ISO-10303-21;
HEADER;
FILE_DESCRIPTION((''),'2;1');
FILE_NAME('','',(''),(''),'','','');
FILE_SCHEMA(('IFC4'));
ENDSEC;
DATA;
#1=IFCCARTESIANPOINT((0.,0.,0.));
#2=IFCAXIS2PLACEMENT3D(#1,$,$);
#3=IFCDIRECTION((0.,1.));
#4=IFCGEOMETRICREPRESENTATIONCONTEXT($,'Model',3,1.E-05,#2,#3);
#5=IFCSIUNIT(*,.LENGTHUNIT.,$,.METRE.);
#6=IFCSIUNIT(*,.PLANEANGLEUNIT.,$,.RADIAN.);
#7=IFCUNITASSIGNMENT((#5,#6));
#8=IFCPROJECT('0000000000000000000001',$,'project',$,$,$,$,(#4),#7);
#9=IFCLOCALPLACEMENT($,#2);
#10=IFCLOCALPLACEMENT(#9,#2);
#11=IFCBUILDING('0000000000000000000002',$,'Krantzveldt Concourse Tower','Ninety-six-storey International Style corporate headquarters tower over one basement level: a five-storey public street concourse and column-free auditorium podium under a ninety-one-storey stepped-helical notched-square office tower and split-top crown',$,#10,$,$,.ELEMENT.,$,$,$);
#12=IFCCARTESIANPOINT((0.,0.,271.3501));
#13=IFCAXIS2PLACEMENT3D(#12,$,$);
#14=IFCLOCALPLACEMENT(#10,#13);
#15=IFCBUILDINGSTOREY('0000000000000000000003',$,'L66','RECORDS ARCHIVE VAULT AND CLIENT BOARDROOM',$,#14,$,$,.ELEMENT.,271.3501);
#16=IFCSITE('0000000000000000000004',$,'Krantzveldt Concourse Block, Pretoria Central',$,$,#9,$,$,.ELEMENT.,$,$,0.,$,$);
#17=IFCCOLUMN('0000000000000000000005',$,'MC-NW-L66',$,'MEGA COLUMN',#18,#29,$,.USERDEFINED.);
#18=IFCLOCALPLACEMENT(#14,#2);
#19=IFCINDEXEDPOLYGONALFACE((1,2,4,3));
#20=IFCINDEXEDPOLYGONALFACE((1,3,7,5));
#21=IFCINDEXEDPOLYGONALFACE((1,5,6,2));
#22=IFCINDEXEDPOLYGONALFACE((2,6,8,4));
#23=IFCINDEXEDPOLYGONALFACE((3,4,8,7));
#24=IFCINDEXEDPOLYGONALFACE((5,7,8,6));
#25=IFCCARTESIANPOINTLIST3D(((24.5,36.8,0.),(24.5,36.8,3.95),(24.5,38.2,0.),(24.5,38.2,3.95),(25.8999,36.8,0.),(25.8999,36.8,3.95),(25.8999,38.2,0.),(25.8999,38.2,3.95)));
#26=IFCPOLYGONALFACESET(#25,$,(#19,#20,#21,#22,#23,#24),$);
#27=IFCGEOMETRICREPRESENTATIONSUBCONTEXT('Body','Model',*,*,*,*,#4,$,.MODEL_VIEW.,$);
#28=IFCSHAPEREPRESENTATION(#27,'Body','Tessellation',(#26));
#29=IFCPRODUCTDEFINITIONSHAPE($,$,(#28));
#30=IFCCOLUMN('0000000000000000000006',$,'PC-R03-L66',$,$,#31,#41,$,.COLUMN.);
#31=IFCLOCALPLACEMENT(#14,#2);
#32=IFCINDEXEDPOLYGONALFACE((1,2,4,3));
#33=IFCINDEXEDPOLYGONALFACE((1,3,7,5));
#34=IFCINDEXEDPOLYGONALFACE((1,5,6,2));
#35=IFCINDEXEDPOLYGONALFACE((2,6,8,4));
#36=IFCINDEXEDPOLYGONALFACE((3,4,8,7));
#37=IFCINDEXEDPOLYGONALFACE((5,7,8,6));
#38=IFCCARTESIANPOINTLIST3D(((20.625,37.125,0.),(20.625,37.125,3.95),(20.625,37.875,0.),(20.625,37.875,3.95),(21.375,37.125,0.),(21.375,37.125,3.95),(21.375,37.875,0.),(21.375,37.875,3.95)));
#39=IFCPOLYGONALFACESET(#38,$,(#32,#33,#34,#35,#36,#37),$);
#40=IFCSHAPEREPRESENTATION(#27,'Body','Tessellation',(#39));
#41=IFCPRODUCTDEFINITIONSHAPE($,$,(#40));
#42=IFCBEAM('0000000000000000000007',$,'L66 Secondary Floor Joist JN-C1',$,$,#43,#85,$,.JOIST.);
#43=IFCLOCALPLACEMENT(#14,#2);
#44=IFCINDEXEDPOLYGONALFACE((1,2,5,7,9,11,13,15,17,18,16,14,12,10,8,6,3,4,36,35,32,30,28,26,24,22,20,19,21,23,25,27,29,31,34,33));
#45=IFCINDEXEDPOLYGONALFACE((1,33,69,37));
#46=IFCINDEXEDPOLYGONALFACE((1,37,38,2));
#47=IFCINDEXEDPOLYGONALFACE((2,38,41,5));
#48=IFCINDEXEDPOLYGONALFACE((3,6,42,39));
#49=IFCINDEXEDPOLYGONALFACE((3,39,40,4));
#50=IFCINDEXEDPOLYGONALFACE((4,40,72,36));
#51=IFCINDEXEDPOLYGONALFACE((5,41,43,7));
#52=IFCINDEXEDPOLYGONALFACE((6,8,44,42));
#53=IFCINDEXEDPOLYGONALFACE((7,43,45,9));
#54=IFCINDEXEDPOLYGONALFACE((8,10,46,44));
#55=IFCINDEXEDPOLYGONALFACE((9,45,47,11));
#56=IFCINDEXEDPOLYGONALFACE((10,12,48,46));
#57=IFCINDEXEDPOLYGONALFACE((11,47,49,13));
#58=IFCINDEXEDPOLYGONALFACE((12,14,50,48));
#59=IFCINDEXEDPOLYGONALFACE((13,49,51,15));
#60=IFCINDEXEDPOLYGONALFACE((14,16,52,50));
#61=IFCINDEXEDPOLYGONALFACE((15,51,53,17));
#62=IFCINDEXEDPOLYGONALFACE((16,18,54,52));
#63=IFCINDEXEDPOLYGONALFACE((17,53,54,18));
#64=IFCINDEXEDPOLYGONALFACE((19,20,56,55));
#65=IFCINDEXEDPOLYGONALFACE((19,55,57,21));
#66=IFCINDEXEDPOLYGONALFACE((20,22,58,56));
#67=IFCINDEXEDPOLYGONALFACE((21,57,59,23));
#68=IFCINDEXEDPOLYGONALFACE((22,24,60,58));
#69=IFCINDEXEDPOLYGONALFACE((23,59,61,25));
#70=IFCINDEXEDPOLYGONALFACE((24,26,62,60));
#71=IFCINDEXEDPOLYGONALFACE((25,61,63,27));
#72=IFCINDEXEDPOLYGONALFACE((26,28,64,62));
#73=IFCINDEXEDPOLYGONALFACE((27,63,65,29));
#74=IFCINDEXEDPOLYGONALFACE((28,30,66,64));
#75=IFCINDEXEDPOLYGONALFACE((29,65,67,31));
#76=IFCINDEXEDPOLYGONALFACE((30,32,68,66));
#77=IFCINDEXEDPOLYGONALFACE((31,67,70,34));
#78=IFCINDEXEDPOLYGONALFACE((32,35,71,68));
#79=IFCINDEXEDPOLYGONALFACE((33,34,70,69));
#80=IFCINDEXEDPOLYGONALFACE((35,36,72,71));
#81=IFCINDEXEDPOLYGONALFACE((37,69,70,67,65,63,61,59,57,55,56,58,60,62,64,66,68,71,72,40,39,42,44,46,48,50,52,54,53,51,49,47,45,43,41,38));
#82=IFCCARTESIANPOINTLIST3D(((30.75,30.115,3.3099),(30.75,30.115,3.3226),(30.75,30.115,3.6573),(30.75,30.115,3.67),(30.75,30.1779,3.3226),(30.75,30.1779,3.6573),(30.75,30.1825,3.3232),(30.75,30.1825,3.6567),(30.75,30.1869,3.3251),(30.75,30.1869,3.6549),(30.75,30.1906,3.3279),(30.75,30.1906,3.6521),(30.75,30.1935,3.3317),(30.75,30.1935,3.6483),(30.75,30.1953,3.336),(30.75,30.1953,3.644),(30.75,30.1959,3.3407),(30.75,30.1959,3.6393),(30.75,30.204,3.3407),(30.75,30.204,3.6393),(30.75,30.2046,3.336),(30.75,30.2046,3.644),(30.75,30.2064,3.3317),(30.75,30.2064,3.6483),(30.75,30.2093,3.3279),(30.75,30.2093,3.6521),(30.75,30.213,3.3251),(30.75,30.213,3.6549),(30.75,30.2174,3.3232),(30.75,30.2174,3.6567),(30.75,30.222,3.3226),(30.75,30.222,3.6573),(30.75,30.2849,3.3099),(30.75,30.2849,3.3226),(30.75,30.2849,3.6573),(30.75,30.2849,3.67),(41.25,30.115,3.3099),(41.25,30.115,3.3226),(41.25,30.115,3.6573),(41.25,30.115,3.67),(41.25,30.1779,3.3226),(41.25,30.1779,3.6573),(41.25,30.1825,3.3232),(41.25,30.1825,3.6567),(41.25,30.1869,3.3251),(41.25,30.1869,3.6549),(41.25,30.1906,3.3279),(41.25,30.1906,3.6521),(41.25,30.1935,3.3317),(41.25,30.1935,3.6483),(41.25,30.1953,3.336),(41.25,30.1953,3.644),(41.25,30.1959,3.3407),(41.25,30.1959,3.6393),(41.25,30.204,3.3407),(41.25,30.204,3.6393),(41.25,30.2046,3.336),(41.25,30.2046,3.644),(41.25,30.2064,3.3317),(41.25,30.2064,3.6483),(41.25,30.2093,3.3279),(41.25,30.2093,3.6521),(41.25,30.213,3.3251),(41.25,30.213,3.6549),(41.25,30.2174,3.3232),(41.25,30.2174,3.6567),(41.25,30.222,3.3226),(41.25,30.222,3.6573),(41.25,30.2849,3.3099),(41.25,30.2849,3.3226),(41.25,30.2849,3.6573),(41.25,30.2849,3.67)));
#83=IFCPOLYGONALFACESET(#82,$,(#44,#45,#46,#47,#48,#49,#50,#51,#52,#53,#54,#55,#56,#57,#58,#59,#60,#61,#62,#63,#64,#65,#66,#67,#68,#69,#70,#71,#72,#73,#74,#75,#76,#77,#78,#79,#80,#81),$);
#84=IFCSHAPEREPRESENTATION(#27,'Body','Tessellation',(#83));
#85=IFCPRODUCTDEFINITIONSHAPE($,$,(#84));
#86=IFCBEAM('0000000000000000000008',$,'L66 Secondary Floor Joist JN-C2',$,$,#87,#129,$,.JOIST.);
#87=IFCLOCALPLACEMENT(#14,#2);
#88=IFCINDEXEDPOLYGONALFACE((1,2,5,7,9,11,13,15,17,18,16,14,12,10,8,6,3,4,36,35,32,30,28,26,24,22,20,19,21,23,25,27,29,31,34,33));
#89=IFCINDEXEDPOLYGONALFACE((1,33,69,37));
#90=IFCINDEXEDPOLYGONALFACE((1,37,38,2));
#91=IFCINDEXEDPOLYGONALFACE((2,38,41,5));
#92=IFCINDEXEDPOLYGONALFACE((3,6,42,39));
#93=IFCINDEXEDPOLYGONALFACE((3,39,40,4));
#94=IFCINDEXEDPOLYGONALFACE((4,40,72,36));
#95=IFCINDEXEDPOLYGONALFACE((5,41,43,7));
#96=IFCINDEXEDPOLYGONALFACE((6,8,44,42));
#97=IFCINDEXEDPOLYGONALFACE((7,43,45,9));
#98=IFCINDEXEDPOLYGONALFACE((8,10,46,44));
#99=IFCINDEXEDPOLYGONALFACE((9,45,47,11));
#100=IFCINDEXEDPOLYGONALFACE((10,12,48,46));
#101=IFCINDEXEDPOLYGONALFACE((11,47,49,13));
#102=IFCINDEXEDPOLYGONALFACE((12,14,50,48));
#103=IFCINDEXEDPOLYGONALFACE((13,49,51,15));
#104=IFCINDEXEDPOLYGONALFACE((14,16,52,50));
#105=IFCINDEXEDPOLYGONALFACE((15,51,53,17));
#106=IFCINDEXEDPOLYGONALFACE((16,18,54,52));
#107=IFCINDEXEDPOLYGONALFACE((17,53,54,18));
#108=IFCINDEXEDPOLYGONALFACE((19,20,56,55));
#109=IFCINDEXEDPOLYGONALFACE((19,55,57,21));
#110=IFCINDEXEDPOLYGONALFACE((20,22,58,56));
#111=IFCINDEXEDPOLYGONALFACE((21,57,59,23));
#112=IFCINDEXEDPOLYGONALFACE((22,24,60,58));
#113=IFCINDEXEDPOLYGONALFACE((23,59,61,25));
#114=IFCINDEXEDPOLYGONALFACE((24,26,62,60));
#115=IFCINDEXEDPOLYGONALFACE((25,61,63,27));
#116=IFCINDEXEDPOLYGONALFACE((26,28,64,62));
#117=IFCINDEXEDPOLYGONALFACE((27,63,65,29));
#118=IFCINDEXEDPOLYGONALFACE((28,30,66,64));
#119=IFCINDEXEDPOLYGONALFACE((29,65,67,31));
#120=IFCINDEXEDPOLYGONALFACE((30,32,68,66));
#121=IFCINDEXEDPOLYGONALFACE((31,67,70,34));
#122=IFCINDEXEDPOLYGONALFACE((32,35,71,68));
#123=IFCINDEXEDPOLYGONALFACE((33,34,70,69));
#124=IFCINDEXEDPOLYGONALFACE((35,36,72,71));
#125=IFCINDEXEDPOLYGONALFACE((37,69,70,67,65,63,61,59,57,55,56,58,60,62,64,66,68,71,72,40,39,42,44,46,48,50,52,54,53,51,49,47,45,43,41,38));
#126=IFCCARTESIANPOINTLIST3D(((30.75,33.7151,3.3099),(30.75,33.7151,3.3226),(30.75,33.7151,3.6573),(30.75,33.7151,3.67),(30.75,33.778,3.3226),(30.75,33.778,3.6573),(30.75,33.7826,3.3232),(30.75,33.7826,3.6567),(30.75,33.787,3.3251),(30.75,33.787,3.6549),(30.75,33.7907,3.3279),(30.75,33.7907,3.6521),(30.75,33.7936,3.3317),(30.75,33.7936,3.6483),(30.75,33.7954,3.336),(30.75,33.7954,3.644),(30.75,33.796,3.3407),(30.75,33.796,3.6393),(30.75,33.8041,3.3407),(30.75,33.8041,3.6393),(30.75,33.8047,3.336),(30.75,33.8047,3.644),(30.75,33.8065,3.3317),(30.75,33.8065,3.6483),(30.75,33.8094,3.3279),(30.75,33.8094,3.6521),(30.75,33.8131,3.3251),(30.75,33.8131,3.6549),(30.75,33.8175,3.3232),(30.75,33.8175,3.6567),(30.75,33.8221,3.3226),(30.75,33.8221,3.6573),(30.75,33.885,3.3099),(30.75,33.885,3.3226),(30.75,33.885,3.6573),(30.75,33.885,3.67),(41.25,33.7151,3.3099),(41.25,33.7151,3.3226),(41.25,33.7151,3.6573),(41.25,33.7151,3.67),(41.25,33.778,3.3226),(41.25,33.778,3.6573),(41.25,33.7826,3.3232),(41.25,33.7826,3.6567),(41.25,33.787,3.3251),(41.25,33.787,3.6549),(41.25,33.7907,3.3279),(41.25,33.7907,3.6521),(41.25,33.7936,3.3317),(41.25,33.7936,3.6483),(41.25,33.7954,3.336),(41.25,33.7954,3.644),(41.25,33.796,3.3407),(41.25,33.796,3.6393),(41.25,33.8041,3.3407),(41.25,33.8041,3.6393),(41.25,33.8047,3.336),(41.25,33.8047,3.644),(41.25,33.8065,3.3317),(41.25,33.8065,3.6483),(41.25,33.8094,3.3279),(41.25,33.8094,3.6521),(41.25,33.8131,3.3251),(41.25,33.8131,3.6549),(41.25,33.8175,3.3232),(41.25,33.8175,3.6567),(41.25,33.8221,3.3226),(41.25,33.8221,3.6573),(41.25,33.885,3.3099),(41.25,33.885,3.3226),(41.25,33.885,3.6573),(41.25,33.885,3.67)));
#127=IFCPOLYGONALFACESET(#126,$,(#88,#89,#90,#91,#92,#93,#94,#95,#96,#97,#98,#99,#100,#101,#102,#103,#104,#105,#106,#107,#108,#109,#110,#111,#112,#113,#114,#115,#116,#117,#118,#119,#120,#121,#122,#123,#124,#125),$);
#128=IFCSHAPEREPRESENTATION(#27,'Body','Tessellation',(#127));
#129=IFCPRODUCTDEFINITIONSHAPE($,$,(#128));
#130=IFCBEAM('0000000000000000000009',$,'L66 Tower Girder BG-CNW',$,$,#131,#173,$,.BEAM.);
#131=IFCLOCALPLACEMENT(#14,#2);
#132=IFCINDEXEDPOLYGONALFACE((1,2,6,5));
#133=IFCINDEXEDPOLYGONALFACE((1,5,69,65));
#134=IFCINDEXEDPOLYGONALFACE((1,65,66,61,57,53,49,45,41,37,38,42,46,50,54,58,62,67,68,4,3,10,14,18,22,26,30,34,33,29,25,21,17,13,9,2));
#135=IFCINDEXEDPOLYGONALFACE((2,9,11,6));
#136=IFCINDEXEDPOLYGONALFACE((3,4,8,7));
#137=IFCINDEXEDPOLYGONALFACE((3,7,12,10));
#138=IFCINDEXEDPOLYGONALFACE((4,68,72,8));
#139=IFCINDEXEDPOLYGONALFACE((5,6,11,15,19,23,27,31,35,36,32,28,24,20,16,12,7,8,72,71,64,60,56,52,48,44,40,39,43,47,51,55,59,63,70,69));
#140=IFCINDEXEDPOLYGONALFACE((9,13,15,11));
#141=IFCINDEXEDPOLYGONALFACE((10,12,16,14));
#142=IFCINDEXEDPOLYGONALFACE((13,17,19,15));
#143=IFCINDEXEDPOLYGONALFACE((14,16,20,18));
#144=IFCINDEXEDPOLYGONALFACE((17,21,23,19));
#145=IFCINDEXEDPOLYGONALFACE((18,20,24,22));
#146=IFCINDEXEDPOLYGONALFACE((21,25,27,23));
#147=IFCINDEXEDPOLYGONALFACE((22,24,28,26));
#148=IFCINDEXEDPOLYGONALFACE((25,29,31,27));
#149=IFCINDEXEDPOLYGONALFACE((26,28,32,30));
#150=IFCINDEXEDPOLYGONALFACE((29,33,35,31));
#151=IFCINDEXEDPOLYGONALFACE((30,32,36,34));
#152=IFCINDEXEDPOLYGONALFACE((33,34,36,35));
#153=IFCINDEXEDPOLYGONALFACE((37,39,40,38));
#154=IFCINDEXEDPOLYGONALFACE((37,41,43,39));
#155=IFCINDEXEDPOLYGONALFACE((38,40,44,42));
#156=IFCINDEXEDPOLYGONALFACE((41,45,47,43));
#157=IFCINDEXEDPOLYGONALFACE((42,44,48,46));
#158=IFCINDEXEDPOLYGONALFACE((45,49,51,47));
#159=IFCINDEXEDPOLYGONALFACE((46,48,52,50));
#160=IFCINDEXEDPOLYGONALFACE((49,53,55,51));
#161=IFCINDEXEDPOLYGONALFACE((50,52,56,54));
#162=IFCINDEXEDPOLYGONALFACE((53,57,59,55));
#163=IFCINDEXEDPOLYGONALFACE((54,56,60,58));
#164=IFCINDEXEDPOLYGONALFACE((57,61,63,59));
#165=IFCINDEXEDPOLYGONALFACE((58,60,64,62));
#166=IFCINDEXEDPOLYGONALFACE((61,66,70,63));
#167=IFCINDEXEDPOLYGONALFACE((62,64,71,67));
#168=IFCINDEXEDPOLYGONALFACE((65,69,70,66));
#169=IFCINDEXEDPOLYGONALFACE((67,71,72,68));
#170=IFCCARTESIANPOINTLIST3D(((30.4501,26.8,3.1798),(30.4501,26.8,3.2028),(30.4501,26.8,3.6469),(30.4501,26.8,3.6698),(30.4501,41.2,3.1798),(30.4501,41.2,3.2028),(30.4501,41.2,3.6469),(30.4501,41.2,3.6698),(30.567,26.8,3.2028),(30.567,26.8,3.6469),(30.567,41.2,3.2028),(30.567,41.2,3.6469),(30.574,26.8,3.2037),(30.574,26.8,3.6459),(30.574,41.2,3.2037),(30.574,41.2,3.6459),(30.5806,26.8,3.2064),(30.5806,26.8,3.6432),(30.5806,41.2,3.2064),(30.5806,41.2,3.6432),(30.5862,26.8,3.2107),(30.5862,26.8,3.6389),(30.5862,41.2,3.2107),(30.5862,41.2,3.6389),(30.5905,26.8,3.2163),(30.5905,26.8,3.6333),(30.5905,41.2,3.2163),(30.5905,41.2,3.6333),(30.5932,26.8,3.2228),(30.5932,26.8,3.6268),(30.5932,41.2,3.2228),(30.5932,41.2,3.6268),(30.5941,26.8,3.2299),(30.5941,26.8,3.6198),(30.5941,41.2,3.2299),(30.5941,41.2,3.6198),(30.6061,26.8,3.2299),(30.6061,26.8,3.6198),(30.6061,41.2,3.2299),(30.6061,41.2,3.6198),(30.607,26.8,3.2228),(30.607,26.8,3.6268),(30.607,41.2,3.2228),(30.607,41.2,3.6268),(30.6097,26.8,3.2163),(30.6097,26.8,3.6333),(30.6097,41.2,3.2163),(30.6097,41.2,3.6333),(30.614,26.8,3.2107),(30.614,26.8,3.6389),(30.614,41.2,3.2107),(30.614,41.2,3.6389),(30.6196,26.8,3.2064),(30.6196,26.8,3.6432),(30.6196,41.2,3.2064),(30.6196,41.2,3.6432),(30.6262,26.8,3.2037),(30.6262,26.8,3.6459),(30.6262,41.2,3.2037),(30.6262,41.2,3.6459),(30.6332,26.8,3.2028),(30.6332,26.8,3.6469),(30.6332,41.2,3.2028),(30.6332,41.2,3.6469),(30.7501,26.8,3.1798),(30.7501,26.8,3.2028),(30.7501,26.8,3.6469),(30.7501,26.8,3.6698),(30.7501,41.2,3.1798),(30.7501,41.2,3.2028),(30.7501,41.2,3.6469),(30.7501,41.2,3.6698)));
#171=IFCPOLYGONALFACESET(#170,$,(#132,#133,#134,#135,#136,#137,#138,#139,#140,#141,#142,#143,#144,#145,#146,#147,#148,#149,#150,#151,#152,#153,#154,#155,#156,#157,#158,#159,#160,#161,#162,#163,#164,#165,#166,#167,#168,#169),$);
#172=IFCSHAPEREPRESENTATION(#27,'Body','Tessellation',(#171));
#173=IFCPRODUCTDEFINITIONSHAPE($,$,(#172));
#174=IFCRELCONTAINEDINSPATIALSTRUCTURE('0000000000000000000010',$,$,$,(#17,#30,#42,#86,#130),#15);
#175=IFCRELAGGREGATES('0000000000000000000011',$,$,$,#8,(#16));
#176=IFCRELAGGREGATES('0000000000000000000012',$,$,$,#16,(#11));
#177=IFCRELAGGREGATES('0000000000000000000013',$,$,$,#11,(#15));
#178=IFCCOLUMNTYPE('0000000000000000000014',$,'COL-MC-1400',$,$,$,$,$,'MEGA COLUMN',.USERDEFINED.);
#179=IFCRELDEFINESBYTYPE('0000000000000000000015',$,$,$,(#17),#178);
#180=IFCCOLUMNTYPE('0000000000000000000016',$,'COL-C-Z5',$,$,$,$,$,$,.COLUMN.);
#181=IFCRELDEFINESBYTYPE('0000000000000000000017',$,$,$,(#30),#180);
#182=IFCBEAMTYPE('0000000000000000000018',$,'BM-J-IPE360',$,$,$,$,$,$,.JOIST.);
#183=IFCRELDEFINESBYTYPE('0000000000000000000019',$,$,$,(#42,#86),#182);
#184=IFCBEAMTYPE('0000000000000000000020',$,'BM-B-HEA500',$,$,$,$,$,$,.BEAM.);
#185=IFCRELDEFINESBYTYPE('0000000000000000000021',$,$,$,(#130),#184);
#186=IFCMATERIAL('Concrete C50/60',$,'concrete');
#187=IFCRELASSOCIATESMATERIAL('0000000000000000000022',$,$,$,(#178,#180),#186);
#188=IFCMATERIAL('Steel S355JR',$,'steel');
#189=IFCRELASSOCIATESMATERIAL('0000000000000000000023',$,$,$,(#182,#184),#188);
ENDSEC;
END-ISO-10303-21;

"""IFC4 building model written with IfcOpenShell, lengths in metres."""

from ifc_helpers import new_model, si_unit, direction, frame, origin, origin_2d, place, context, subcontext, project, spatial, rectangle, i_section, extrude, source, transform, mapped, material, material_profile, profile_set, type_object, type_shapes, element, save


model = new_model("IFC4")

# Units and contexts
model_context = context("Model", 3, precision=1e-05, world=origin(), true_north=direction((0.0, 1.0)))
body_context = subcontext(model_context, "Body", "Model", "MODEL_VIEW")
ifc_project = project(units=[si_unit("LENGTHUNIT", "METRE"), si_unit("PLANEANGLEUNIT", "RADIAN")], contexts=[model_context])

# Site, building, storey
site_placement = place(None, origin())
site = spatial("IfcSite", under=ifc_project, at=site_placement, Name="Krantzveldt Concourse Block, Pretoria Central", CompositionType="ELEMENT", RefElevation=0.0)
building_placement = place(site_placement, origin())
building = spatial("IfcBuilding", under=site, at=building_placement, Name="Krantzveldt Concourse Tower", Description="Ninety-six-storey International Style corporate headquarters tower over one basement level: a five-storey public street concourse and column-free auditorium podium under a ninety-one-storey stepped-helical notched-square office tower and split-top crown", CompositionType="ELEMENT")
storey_placement = place(building_placement, frame((0.0, 0.0, 271.3501)))
storey = spatial("IfcBuildingStorey", under=building, at=storey_placement, Name="L66", Description="RECORDS ARCHIVE VAULT AND CLIENT BOARDROOM", CompositionType="ELEMENT", Elevation=271.3501)

# Columns
ifc_material_1 = material(Name="Concrete C50/60", Category="concrete")
ifc_material_profile_1 = material_profile(ifc_material_1, rectangle(XDim=1.3999, YDim=1.3999, at=origin_2d()), Name="Concrete C50/60", Category="concrete")
ifc_profile_set_1 = profile_set([ifc_material_profile_1], Name="Concrete C50/60 - RC 1400x1400")
column_type_1 = type_object("IfcColumnType", Name="COL-MC-1400", ElementType="MEGA COLUMN", PredefinedType="USERDEFINED", material=ifc_profile_set_1)
shared_shape_1 = source(origin(), body_context, "Body", "SweptSolid", [
    extrude(rectangle(XDim=1.3999, YDim=1.3999, at=origin_2d()), origin(), (0.0, 0.0, 1.0), 3.95),
])
type_shapes(column_type_1, [shared_shape_1])
column_1_placement = place(storey_placement, frame((25.2, 37.5, 0.0), z_axis=(0.0, 0.0, 1.0), x_axis=(1.0, 0.0, 0.0)))
element("IfcColumn", 1, at=column_1_placement, inside=storey, type_object=column_type_1, Name="MC-NW-L66", ObjectType="MEGA COLUMN", PredefinedType="USERDEFINED", context=body_context, shape_type="MappedRepresentation", body=[
    mapped(shared_shape_1, transform((0.0, 0.0, 0.0), x_axis=(1.0, 0.0, 0.0), y_axis=(0.0, 1.0, 0.0), z_axis=(0.0, 0.0, 1.0), scale=1.0)),
])
ifc_material_profile_2 = material_profile(ifc_material_1, rectangle(XDim=0.75, YDim=0.75, at=origin_2d()), Name="Concrete C50/60", Category="concrete")
ifc_profile_set_2 = profile_set([ifc_material_profile_2], Name="Concrete C50/60 - RC 750x750")
column_type_2 = type_object("IfcColumnType", Name="COL-C-Z5", PredefinedType="COLUMN", material=ifc_profile_set_2)
shared_shape_2 = source(origin(), body_context, "Body", "SweptSolid", [
    extrude(rectangle(XDim=0.75, YDim=0.75, at=origin_2d()), origin(), (0.0, 0.0, 1.0), 3.95),
])
type_shapes(column_type_2, [shared_shape_2])
column_2_placement = place(storey_placement, frame((21.0, 37.5, 0.0), z_axis=(0.0, 0.0, 1.0), x_axis=(1.0, 0.0, 0.0)))
element("IfcColumn", 2, at=column_2_placement, inside=storey, type_object=column_type_2, Name="PC-R03-L66", PredefinedType="COLUMN", context=body_context, shape_type="MappedRepresentation", body=[
    mapped(shared_shape_2, transform((0.0, 0.0, 0.0), x_axis=(1.0, 0.0, 0.0), y_axis=(0.0, 1.0, 0.0), z_axis=(0.0, 0.0, 1.0), scale=1.0)),
])

# Beams
ifc_material_2 = material(Name="Steel S355JR", Category="steel")
ifc_material_profile_3 = material_profile(ifc_material_2, i_section(OverallWidth=0.1699, OverallDepth=0.3601, WebThickness=0.0081, FlangeThickness=0.0127, FilletRadius=0.0181, at=origin_2d()), Name="Steel S355JR", Category="steel")
ifc_profile_set_3 = profile_set([ifc_material_profile_3], Name="Steel S355JR - IPE 360")
beam_type_1 = type_object("IfcBeamType", Name="BM-J-IPE360", PredefinedType="JOIST", material=ifc_profile_set_3)
shared_shape_3 = source(origin(), body_context, "Body", "SweptSolid", [
    extrude(i_section(OverallWidth=0.1699, OverallDepth=0.3601, WebThickness=0.0081, FlangeThickness=0.0127, FilletRadius=0.0181, at=origin_2d()), origin(), (0.0, 0.0, 1.0), 10.5),
])
for number, where, z_axis, x_axis, name in (
    (3, (30.75, 30.2, 3.49), (1.0, 0.0, 0.0), (0.0, 1.0, 0.0), "L66 Secondary Floor Joist JN-C1"),
    (4, (30.75, 33.8, 3.49), (1.0, 0.0, 0.0), (0.0, 1.0, 0.0), "L66 Secondary Floor Joist JN-C2"),
):
    element("IfcBeam", number, at=place(storey_placement, frame(where, z_axis=z_axis, x_axis=x_axis)), inside=storey, type_object=beam_type_1, Name=name, PredefinedType="JOIST", context=body_context, shape_type="MappedRepresentation", body=[
        mapped(shared_shape_3, transform((0.0, 0.0, 0.0), x_axis=(1.0, 0.0, 0.0), y_axis=(0.0, 1.0, 0.0), z_axis=(0.0, 0.0, 1.0), scale=1.0)),
    ])
ifc_material_profile_4 = material_profile(ifc_material_2, i_section(OverallWidth=0.3, OverallDepth=0.49, WebThickness=0.012, FlangeThickness=0.0229, FilletRadius=0.0271, at=origin_2d()), Name="Steel S355JR", Category="steel")
ifc_profile_set_4 = profile_set([ifc_material_profile_4], Name="Steel S355JR - HEA 500")
beam_type_2 = type_object("IfcBeamType", Name="BM-B-HEA500", PredefinedType="BEAM", material=ifc_profile_set_4)
shared_shape_4 = source(origin(), body_context, "Body", "SweptSolid", [
    extrude(i_section(OverallWidth=0.3, OverallDepth=0.49, WebThickness=0.012, FlangeThickness=0.0229, FilletRadius=0.0271, at=origin_2d()), origin(), (0.0, 0.0, 1.0), 14.3999),
])
beam_1_placement = place(storey_placement, frame((30.6001, 26.8, 3.4248), z_axis=(0.0, 1.0, 0.0), x_axis=(-1.0, 0.0, 0.0)))
element("IfcBeam", 5, at=beam_1_placement, inside=storey, type_object=beam_type_2, Name="L66 Tower Girder BG-CNW", PredefinedType="BEAM", context=body_context, shape_type="MappedRepresentation", body=[
    mapped(shared_shape_4, transform((0.0, 0.0, 0.0), x_axis=(1.0, 0.0, 0.0), y_axis=(0.0, 1.0, 0.0), z_axis=(0.0, 0.0, 1.0), scale=1.0)),
])

save(model, "model.ifc")
